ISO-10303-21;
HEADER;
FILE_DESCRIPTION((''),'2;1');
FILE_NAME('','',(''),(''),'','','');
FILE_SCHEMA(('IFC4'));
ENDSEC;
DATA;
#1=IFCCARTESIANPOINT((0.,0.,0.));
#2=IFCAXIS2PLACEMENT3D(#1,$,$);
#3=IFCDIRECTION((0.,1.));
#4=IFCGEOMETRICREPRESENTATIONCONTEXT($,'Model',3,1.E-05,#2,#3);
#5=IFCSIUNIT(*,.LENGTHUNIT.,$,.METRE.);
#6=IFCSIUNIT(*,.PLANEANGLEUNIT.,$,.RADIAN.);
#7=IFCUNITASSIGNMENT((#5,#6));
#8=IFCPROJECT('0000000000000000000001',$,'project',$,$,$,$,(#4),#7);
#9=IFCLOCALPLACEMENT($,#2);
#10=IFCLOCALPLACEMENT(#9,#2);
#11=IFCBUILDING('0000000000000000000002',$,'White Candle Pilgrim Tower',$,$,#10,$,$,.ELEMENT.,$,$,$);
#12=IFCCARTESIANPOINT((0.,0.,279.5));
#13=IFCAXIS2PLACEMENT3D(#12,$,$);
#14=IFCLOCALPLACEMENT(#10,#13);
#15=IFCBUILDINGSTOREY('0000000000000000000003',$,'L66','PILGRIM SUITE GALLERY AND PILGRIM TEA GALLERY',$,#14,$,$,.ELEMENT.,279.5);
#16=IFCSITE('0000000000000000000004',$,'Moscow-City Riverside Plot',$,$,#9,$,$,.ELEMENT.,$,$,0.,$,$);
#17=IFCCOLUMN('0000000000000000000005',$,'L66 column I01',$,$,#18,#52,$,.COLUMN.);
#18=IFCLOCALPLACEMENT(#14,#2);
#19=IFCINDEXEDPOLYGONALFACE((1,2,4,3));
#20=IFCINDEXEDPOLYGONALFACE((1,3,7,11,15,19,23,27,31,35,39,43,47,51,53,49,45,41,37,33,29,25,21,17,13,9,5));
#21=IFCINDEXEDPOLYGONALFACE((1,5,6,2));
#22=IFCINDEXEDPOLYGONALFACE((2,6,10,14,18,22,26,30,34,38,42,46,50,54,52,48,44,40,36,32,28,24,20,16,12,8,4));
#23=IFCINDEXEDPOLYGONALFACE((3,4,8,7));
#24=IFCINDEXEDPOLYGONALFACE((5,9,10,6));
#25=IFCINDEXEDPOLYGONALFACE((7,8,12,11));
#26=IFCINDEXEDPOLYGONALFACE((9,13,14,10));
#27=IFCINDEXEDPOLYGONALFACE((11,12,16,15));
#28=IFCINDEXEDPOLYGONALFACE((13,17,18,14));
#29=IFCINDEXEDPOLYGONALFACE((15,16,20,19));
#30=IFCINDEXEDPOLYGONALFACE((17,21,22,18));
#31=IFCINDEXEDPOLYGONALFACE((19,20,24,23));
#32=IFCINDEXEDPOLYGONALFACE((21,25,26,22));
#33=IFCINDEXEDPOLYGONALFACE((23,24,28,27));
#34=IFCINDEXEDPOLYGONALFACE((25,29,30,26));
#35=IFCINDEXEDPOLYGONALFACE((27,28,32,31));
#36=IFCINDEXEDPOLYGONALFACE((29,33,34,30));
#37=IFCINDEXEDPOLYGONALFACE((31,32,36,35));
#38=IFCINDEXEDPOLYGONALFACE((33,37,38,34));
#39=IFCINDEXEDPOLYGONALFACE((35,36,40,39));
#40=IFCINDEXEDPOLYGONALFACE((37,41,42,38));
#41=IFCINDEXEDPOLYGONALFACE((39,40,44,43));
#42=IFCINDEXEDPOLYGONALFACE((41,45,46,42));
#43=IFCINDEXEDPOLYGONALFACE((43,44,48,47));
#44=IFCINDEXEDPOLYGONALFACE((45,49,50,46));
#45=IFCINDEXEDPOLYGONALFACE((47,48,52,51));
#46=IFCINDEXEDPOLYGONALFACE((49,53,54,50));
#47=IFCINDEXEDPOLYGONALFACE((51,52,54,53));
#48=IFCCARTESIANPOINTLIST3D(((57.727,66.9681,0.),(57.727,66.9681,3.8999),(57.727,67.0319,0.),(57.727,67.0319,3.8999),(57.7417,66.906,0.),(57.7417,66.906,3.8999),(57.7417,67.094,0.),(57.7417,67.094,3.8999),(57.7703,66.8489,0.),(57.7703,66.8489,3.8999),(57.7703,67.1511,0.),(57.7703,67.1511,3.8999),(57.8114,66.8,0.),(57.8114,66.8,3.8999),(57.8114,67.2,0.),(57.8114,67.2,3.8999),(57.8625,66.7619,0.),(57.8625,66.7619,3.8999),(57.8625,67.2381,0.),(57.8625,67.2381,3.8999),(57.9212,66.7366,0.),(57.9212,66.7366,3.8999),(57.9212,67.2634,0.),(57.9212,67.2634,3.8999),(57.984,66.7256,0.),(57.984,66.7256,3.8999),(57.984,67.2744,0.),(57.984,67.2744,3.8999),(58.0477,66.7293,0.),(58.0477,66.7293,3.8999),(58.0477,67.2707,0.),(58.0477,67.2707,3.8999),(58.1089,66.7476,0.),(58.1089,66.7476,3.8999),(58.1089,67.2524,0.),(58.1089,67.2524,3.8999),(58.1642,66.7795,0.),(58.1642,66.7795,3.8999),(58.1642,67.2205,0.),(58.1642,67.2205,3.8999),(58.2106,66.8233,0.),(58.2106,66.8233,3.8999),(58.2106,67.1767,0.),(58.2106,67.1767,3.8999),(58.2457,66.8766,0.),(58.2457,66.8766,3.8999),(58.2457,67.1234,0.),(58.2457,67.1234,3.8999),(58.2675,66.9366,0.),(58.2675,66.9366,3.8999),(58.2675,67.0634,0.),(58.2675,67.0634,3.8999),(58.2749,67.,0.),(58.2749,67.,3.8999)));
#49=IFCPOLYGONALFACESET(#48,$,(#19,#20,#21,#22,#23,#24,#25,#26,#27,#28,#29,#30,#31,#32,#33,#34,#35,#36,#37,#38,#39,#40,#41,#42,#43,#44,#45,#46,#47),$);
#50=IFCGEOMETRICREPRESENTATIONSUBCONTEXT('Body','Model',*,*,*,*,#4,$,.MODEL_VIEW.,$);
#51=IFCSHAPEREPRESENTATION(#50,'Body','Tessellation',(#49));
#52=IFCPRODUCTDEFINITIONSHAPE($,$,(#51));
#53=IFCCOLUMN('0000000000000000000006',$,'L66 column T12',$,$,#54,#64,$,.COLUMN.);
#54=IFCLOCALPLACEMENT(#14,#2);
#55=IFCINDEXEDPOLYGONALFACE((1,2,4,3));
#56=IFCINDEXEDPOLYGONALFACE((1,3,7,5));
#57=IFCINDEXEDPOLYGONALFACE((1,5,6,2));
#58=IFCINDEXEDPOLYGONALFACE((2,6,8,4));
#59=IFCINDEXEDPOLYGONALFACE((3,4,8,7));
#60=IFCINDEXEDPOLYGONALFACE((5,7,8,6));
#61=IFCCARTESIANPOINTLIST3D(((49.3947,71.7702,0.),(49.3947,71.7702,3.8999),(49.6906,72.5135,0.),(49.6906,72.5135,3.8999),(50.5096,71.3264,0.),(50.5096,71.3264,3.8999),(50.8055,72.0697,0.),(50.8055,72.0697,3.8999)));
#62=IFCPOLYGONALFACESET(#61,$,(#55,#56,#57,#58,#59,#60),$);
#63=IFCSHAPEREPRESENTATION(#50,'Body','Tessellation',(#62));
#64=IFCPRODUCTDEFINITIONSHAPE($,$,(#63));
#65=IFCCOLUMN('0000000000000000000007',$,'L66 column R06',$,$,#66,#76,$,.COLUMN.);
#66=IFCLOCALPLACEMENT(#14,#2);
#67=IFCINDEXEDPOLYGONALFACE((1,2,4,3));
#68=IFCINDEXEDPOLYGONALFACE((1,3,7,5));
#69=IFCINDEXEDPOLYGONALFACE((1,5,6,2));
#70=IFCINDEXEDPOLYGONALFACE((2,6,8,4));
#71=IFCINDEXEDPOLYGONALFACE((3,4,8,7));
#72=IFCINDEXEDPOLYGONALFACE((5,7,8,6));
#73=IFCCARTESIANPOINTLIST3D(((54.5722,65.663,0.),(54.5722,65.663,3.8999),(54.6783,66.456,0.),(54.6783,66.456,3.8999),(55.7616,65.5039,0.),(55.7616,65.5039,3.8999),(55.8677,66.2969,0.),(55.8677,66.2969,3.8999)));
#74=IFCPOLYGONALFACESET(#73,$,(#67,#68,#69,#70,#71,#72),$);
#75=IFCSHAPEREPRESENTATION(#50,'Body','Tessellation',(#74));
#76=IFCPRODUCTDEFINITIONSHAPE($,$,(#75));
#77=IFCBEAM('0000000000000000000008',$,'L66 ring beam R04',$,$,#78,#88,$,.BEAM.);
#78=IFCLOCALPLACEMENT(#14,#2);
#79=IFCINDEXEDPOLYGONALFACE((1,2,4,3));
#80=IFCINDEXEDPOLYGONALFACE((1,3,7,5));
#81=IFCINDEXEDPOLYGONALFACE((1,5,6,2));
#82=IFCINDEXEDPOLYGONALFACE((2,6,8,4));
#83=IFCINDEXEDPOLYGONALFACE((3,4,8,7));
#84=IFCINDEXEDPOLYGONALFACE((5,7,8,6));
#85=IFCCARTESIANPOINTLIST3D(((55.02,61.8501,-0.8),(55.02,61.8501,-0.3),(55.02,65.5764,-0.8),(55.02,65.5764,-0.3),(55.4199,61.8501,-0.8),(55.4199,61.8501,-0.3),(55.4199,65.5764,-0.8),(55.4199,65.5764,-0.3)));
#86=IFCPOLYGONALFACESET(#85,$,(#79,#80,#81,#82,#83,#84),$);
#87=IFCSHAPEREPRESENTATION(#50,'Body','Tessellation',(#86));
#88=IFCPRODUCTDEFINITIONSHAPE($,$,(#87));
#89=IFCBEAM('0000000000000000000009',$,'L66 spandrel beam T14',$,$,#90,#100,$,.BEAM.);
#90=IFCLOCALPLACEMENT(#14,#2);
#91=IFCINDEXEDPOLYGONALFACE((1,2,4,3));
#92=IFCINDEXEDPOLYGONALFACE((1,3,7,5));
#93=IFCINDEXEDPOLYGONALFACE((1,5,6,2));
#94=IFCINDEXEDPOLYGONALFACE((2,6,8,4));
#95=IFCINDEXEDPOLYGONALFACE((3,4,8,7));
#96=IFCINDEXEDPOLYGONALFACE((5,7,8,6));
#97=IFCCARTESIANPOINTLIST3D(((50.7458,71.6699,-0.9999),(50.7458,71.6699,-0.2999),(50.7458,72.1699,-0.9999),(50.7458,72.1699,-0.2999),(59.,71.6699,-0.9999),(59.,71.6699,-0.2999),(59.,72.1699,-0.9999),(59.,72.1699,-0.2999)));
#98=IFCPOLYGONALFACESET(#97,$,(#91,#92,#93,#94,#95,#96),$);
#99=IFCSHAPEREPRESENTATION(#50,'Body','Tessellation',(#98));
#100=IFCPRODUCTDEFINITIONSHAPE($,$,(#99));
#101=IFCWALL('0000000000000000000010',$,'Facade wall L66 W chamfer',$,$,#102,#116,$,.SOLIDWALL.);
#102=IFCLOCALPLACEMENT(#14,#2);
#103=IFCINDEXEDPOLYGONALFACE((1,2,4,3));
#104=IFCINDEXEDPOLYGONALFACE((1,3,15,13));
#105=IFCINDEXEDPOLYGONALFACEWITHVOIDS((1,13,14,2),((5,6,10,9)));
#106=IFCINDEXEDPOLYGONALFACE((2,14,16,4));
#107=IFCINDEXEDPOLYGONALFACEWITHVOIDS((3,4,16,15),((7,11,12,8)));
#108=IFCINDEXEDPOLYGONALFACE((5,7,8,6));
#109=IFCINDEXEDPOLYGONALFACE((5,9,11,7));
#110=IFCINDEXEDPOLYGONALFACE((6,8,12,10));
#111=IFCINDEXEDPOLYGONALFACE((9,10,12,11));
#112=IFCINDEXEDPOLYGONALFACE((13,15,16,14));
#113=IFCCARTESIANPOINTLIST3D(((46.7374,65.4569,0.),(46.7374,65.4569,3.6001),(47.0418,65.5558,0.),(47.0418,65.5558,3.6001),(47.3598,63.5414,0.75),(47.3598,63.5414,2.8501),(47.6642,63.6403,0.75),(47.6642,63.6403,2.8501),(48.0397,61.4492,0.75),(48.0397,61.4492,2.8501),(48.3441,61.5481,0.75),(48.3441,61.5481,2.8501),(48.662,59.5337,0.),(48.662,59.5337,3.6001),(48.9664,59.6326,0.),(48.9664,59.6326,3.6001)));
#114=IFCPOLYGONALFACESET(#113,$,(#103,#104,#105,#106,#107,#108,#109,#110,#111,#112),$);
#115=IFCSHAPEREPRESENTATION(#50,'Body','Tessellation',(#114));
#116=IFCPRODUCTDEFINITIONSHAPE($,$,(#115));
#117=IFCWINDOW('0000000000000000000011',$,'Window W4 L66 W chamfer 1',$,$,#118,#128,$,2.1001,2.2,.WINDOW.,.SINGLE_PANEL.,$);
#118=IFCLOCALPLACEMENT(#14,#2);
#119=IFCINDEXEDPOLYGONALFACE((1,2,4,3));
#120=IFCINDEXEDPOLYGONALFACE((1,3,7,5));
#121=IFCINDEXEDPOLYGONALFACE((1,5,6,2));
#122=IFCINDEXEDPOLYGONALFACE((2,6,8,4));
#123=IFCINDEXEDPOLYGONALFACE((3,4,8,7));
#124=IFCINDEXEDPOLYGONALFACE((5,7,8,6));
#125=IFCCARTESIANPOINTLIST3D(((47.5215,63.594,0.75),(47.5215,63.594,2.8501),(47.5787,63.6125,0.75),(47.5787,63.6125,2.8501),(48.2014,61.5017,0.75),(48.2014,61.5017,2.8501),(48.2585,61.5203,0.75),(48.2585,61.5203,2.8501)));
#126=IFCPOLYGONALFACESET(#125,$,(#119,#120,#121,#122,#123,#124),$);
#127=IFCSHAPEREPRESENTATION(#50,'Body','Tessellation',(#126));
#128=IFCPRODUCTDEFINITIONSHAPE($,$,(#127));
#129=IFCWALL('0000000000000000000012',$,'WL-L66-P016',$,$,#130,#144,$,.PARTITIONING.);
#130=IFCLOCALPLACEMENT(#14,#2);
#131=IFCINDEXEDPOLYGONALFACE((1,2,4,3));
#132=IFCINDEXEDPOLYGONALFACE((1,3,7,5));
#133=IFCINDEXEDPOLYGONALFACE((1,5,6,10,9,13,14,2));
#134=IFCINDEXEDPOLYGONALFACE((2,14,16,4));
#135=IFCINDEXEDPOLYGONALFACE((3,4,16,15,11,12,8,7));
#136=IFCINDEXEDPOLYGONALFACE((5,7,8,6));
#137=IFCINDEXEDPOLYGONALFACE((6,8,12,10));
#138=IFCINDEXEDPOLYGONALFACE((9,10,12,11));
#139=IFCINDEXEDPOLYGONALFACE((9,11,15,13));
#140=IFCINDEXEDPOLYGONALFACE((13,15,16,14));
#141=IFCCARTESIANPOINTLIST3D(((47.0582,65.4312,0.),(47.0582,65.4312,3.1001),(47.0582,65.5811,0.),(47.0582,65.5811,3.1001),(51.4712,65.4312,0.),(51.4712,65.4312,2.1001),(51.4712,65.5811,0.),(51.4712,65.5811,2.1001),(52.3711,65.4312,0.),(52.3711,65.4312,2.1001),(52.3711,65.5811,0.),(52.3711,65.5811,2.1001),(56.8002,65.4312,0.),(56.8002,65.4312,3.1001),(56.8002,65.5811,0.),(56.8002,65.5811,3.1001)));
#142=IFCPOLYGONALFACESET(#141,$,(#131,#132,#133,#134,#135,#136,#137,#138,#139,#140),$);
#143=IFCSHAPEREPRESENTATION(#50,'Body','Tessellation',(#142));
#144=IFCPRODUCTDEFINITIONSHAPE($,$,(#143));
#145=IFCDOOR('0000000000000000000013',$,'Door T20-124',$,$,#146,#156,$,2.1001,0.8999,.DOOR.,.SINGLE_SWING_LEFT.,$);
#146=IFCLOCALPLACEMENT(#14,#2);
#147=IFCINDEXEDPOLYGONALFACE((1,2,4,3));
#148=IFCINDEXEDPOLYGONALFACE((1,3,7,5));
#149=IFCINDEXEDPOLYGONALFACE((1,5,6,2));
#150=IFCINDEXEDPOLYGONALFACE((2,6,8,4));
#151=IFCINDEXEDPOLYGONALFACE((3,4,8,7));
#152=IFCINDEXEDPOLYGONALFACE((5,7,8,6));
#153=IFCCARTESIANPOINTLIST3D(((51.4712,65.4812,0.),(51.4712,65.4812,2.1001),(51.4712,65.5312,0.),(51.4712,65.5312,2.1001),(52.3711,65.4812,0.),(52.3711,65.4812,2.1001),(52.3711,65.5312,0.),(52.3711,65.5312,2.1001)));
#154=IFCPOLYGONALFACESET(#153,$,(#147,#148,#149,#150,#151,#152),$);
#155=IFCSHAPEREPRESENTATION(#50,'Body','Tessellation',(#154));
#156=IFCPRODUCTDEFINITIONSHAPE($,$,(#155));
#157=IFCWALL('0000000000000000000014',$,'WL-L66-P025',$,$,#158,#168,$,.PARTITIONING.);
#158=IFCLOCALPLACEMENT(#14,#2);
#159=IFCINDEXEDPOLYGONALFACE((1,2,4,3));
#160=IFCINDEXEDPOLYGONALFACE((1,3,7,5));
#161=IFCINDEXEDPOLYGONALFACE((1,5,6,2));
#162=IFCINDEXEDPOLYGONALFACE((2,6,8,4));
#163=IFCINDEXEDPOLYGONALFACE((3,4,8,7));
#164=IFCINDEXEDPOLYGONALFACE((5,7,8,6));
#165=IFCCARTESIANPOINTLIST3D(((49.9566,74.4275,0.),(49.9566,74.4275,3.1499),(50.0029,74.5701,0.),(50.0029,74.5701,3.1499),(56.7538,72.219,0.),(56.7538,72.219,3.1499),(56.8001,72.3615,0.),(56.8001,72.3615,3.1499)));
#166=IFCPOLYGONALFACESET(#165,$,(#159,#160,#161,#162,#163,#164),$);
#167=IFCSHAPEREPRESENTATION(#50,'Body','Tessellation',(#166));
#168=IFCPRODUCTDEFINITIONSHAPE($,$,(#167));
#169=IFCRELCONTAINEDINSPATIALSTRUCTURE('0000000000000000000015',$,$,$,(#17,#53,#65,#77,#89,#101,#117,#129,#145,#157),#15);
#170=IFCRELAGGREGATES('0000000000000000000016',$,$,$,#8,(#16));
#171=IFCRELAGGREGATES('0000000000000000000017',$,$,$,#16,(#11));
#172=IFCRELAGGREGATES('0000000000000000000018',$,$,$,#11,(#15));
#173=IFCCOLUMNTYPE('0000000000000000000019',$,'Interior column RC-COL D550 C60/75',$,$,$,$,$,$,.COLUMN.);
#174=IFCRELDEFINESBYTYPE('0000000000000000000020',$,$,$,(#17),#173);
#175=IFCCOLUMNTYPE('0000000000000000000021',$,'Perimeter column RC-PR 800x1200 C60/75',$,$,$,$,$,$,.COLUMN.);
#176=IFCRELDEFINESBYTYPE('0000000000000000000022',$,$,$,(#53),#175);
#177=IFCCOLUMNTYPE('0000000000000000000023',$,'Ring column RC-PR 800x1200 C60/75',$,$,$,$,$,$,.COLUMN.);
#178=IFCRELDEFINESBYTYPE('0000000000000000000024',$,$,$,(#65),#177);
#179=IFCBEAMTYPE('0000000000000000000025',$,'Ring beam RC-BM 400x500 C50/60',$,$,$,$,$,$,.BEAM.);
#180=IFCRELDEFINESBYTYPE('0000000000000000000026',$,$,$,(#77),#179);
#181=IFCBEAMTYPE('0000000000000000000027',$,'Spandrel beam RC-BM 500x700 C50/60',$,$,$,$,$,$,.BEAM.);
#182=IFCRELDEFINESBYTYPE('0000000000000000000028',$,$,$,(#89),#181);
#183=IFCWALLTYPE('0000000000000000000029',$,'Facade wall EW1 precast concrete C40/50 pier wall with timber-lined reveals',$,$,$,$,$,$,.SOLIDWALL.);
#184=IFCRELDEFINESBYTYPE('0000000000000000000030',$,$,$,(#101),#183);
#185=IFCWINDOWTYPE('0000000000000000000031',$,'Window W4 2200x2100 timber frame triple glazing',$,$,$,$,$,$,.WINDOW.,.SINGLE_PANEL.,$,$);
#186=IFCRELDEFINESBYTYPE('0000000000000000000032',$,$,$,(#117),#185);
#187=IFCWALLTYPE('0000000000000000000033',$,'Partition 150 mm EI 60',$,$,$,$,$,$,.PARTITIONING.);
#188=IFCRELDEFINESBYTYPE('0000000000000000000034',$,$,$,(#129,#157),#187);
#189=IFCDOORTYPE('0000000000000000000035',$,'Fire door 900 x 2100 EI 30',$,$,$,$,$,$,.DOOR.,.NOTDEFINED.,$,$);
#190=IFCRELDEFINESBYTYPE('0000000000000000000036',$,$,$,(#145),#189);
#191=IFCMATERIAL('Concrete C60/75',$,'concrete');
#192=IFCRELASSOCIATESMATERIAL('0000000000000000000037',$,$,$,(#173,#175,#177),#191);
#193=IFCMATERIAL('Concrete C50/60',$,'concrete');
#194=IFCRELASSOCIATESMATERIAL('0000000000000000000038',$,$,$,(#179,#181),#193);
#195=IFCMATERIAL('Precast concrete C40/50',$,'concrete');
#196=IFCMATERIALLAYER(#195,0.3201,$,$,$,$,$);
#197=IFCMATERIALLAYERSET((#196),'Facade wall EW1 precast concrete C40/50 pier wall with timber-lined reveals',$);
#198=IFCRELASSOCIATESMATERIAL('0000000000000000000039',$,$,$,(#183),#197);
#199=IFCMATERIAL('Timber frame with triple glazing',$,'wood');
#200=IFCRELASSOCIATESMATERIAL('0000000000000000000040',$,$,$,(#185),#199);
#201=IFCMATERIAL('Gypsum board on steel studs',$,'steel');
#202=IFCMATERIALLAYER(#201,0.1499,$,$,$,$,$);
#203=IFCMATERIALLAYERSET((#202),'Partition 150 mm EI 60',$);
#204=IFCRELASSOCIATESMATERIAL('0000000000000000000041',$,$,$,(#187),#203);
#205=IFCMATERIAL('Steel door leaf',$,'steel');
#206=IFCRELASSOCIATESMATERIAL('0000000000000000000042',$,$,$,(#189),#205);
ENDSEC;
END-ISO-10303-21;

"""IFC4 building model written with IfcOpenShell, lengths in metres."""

from ifc_helpers import new_model, si_unit, direction, frame, frame_2d, origin, origin_2d, place, context, subcontext, project, spatial, rectangle, circle, extrude, material, layer, layer_set, material_profile, profile_set, type_object, element, fill, save


model = new_model("IFC4")

# Units and contexts
model_context = context("Model", 3, precision=1e-05, world=origin(), true_north=direction((0.0, 1.0)))
body_context = subcontext(model_context, "Body", "Model", "MODEL_VIEW")
ifc_project = project(units=[si_unit("LENGTHUNIT", "METRE"), si_unit("PLANEANGLEUNIT", "RADIAN")], contexts=[model_context])

# Site, building, storey
site_placement = place(None, origin())
site = spatial("IfcSite", under=ifc_project, at=site_placement, Name="Moscow-City Riverside Plot", CompositionType="ELEMENT", RefElevation=0.0)
building_placement = place(site_placement, origin())
building = spatial("IfcBuilding", under=site, at=building_placement, Name="White Candle Pilgrim Tower", CompositionType="ELEMENT")
storey_placement = place(building_placement, frame((0.0, 0.0, 279.5)))
storey = spatial("IfcBuildingStorey", under=building, at=storey_placement, Name="L66", Description="PILGRIM SUITE GALLERY AND PILGRIM TEA GALLERY", CompositionType="ELEMENT", Elevation=279.5)

# Columns
ifc_material_1 = material(Name="Concrete C60/75", Category="concrete")
ifc_material_profile_1 = material_profile(ifc_material_1, circle(Radius=0.2749, at=origin_2d()), Name="RC-COL D550")
ifc_profile_set_1 = profile_set([ifc_material_profile_1], Name="Concrete C60/75")
column_type_1 = type_object("IfcColumnType", Name="Interior column RC-COL D550 C60/75", PredefinedType="COLUMN", material=ifc_profile_set_1)
column_1_placement = place(storey_placement, frame((58.0, 67.0, 0.0), z_axis=(0.0, 0.0, 1.0), x_axis=(1.0, 0.0, 0.0)))
element("IfcColumn", 1, at=column_1_placement, inside=storey, type_object=column_type_1, Name="L66 column I01", PredefinedType="COLUMN", context=body_context, shape_type="SweptSolid", body=[
    extrude(circle(Radius=0.2749, at=origin_2d()), origin(), (0.0, 0.0, 1.0), 3.8999),
])
ifc_material_profile_2 = material_profile(ifc_material_1, rectangle(XDim=0.8, YDim=1.2, at=origin_2d()), Name="RC-PR 800x1200")
ifc_profile_set_2 = profile_set([ifc_material_profile_2], Name="Concrete C60/75")
column_type_2 = type_object("IfcColumnType", Name="Perimeter column RC-PR 800x1200 C60/75", PredefinedType="COLUMN", material=ifc_profile_set_2)
column_2_placement = place(storey_placement, frame((50.1001, 71.9199, 0.0), z_axis=(0.0, 0.0, 1.0), x_axis=(0.36986, 0.929087, 0.0)))
element("IfcColumn", 2, at=column_2_placement, inside=storey, type_object=column_type_2, Name="L66 column T12", PredefinedType="COLUMN", context=body_context, shape_type="SweptSolid", body=[
    extrude(rectangle(XDim=0.8, YDim=1.2, at=origin_2d()), origin(), (0.0, 0.0, 1.0), 3.8999),
])
ifc_material_profile_3 = material_profile(ifc_material_1, rectangle(XDim=0.8, YDim=1.2, at=origin_2d()), Name="RC-PR 800x1200")
ifc_profile_set_3 = profile_set([ifc_material_profile_3], Name="Concrete C60/75")
column_type_3 = type_object("IfcColumnType", Name="Ring column RC-PR 800x1200 C60/75", PredefinedType="COLUMN", material=ifc_profile_set_3)
column_3_placement = place(storey_placement, frame((55.22, 65.98, 0.0), z_axis=(0.0, 0.0, 1.0), x_axis=(0.132602, 0.991169, 0.0)))
element("IfcColumn", 3, at=column_3_placement, inside=storey, type_object=column_type_3, Name="L66 column R06", PredefinedType="COLUMN", context=body_context, shape_type="SweptSolid", body=[
    extrude(rectangle(XDim=0.8, YDim=1.2, at=origin_2d()), origin(), (0.0, 0.0, 1.0), 3.8999),
])

# Beams
ifc_material_2 = material(Name="Concrete C50/60", Category="concrete")
ifc_material_profile_4 = material_profile(ifc_material_2, rectangle(XDim=0.3999, YDim=0.5, at=origin_2d()), Name="RC-BM 400x500")
ifc_profile_set_4 = profile_set([ifc_material_profile_4], Name="Concrete C50/60")
beam_type_1 = type_object("IfcBeamType", Name="Ring beam RC-BM 400x500 C50/60", PredefinedType="BEAM", material=ifc_profile_set_4)
beam_1_placement = place(storey_placement, frame((55.22, 65.5764, -0.55), z_axis=(0.0, -1.0, 0.0), x_axis=(1.0, 0.0, 0.0)))
element("IfcBeam", 4, at=beam_1_placement, inside=storey, type_object=beam_type_1, Name="L66 ring beam R04", PredefinedType="BEAM", context=body_context, shape_type="SweptSolid", body=[
    extrude(rectangle(XDim=0.3999, YDim=0.5, at=origin_2d()), origin(), (0.0, 0.0, 1.0), 3.7263),
])
ifc_material_profile_5 = material_profile(ifc_material_2, rectangle(XDim=0.5, YDim=0.7, at=origin_2d()), Name="RC-BM 500x700")
ifc_profile_set_5 = profile_set([ifc_material_profile_5], Name="Concrete C50/60")
beam_type_2 = type_object("IfcBeamType", Name="Spandrel beam RC-BM 500x700 C50/60", PredefinedType="BEAM", material=ifc_profile_set_5)
beam_2_placement = place(storey_placement, frame((50.7458, 71.9199, -0.6499), z_axis=(1.0, 0.0, 0.0), x_axis=(0.0, 1.0, 0.0)))
element("IfcBeam", 5, at=beam_2_placement, inside=storey, type_object=beam_type_2, Name="L66 spandrel beam T14", PredefinedType="BEAM", context=body_context, shape_type="SweptSolid", body=[
    extrude(rectangle(XDim=0.5, YDim=0.7, at=origin_2d()), origin(), (0.0, 0.0, 1.0), 8.2542),
])

# Wall, opening, window
ifc_material_3 = material(Name="Precast concrete C40/50", Category="concrete")
ifc_layer_1 = layer(ifc_material_3, 0.3201)
ifc_layer_set_1 = layer_set([ifc_layer_1], Name="Facade wall EW1 precast concrete C40/50 pier wall with timber-lined reveals")
wall_type_1 = type_object("IfcWallType", Name="Facade wall EW1 precast concrete C40/50 pier wall with timber-lined reveals", PredefinedType="SOLIDWALL", material=ifc_layer_set_1)
wall_1_placement = place(storey_placement, frame((46.8896, 65.5063, 0.0), z_axis=(0.0, 0.0, 1.0), x_axis=(0.309021, -0.951055, 0.0)))
wall_1 = element("IfcWall", 6, at=wall_1_placement, inside=storey, type_object=wall_type_1, Name="Facade wall L66 W chamfer", PredefinedType="SOLIDWALL", context=body_context, shape_type="SweptSolid", body=[
    extrude(rectangle(XDim=6.228, YDim=0.3201, at=frame_2d((3.114, 0.0))), origin(), (0.0, 0.0, 1.0), 3.6001),
])
opening_1_placement = place(wall_1_placement, frame((2.0139, 0.0, 0.75)))
opening_1 = element("IfcOpeningElement", 7, at=opening_1_placement, cuts=wall_1, PredefinedType="OPENING", context=body_context, shape_type="SweptSolid", body=[
    extrude(rectangle(XDim=2.2, YDim=2.1001, at=frame_2d((1.1001, 1.05))), frame((0.0, 0.1699, 0.0), z_axis=(0.0, -1.0, 0.0), x_axis=(1.0, 0.0, 0.0)), (0.0, 0.0, 1.0), 0.3401),
])
ifc_material_4 = material(Name="Timber frame with triple glazing", Category="wood")
window_type = type_object("IfcWindowType", Name="Window W4 2200x2100 timber frame triple glazing", PartitioningType="SINGLE_PANEL", PredefinedType="WINDOW", material=ifc_material_4)
window_placement = place(opening_1_placement, origin())
window = element("IfcWindow", 8, at=window_placement, inside=storey, type_object=window_type, Name="Window W4 L66 W chamfer 1", OverallHeight=2.1001, OverallWidth=2.2, PartitioningType="SINGLE_PANEL", PredefinedType="WINDOW", context=body_context, shape_type="SweptSolid", body=[
    extrude(rectangle(XDim=2.2, YDim=2.1001, at=frame_2d((1.1001, 1.05))), frame((0.0, 0.0701, 0.0), z_axis=(0.0, -1.0, 0.0), x_axis=(1.0, 0.0, 0.0)), (0.0, 0.0, 1.0), 0.0601),
])
fill(opening_1, window)

# Wall, opening, door
ifc_material_5 = material(Name="Gypsum board on steel studs", Category="steel")
ifc_layer_2 = layer(ifc_material_5, 0.1499)
ifc_layer_set_2 = layer_set([ifc_layer_2], Name="Partition 150 mm EI 60")
wall_type_2 = type_object("IfcWallType", Name="Partition 150 mm EI 60", PredefinedType="PARTITIONING", material=ifc_layer_set_2)
wall_2_placement = place(storey_placement, frame((47.0581, 65.5061, 0.0), z_axis=(0.0, 0.0, 1.0), x_axis=(1.0, 0.0, 0.0)))
wall_2 = element("IfcWall", 9, at=wall_2_placement, inside=storey, type_object=wall_type_2, Name="WL-L66-P016", PredefinedType="PARTITIONING", context=body_context, shape_type="SweptSolid", body=[
    extrude(rectangle(XDim=9.7419, YDim=0.1499, at=frame_2d((4.8711, 0.0))), origin(), (0.0, 0.0, 1.0), 3.1001),
])
opening_2_placement = place(wall_2_placement, frame((4.4131, 0.0, 0.0)))
opening_2 = element("IfcOpeningElement", 10, at=opening_2_placement, cuts=wall_2, PredefinedType="OPENING", context=body_context, shape_type="SweptSolid", body=[
    extrude(rectangle(XDim=0.8999, YDim=2.1001, at=frame_2d((0.45, 1.05))), frame((0.0, 0.085, 0.0), z_axis=(0.0, -1.0, 0.0), x_axis=(1.0, 0.0, 0.0)), (0.0, 0.0, 1.0), 0.1699),
])
ifc_material_6 = material(Name="Steel door leaf", Category="steel")
door_type_1 = type_object("IfcDoorType", Name="Fire door 900 x 2100 EI 30", OperationType="NOTDEFINED", PredefinedType="DOOR", material=ifc_material_6)
door_1_placement = place(opening_2_placement, frame((0.8999, 0.0, 0.0), z_axis=(0.0, 0.0, 1.0), x_axis=(-1.0, 0.0, 0.0)))
door_1 = element("IfcDoor", 11, at=door_1_placement, inside=storey, type_object=door_type_1, Name="Door T20-124", OperationType="SINGLE_SWING_LEFT", OverallHeight=2.1001, OverallWidth=0.8999, PredefinedType="DOOR", context=body_context, shape_type="SweptSolid", body=[
    extrude(rectangle(XDim=0.8999, YDim=2.1001, at=frame_2d((0.45, 1.05))), frame((0.0, 0.0249, 0.0), z_axis=(0.0, -1.0, 0.0), x_axis=(1.0, 0.0, 0.0)), (0.0, 0.0, 1.0), 0.05),
])
fill(opening_2, door_1)

# Wall
wall_3_placement = place(storey_placement, frame((49.9797, 74.4988, 0.0), z_axis=(0.0, 0.0, 1.0), x_axis=(0.951057, -0.309014, 0.0)))
element("IfcWall", 12, at=wall_3_placement, inside=storey, type_object=wall_type_2, Name="WL-L66-P025", PredefinedType="PARTITIONING", context=body_context, shape_type="SweptSolid", body=[
    extrude(rectangle(XDim=7.147, YDim=0.1499, at=frame_2d((3.5735, 0.0))), origin(), (0.0, 0.0, 1.0), 3.1499),
])

save(model, "model.ifc")
